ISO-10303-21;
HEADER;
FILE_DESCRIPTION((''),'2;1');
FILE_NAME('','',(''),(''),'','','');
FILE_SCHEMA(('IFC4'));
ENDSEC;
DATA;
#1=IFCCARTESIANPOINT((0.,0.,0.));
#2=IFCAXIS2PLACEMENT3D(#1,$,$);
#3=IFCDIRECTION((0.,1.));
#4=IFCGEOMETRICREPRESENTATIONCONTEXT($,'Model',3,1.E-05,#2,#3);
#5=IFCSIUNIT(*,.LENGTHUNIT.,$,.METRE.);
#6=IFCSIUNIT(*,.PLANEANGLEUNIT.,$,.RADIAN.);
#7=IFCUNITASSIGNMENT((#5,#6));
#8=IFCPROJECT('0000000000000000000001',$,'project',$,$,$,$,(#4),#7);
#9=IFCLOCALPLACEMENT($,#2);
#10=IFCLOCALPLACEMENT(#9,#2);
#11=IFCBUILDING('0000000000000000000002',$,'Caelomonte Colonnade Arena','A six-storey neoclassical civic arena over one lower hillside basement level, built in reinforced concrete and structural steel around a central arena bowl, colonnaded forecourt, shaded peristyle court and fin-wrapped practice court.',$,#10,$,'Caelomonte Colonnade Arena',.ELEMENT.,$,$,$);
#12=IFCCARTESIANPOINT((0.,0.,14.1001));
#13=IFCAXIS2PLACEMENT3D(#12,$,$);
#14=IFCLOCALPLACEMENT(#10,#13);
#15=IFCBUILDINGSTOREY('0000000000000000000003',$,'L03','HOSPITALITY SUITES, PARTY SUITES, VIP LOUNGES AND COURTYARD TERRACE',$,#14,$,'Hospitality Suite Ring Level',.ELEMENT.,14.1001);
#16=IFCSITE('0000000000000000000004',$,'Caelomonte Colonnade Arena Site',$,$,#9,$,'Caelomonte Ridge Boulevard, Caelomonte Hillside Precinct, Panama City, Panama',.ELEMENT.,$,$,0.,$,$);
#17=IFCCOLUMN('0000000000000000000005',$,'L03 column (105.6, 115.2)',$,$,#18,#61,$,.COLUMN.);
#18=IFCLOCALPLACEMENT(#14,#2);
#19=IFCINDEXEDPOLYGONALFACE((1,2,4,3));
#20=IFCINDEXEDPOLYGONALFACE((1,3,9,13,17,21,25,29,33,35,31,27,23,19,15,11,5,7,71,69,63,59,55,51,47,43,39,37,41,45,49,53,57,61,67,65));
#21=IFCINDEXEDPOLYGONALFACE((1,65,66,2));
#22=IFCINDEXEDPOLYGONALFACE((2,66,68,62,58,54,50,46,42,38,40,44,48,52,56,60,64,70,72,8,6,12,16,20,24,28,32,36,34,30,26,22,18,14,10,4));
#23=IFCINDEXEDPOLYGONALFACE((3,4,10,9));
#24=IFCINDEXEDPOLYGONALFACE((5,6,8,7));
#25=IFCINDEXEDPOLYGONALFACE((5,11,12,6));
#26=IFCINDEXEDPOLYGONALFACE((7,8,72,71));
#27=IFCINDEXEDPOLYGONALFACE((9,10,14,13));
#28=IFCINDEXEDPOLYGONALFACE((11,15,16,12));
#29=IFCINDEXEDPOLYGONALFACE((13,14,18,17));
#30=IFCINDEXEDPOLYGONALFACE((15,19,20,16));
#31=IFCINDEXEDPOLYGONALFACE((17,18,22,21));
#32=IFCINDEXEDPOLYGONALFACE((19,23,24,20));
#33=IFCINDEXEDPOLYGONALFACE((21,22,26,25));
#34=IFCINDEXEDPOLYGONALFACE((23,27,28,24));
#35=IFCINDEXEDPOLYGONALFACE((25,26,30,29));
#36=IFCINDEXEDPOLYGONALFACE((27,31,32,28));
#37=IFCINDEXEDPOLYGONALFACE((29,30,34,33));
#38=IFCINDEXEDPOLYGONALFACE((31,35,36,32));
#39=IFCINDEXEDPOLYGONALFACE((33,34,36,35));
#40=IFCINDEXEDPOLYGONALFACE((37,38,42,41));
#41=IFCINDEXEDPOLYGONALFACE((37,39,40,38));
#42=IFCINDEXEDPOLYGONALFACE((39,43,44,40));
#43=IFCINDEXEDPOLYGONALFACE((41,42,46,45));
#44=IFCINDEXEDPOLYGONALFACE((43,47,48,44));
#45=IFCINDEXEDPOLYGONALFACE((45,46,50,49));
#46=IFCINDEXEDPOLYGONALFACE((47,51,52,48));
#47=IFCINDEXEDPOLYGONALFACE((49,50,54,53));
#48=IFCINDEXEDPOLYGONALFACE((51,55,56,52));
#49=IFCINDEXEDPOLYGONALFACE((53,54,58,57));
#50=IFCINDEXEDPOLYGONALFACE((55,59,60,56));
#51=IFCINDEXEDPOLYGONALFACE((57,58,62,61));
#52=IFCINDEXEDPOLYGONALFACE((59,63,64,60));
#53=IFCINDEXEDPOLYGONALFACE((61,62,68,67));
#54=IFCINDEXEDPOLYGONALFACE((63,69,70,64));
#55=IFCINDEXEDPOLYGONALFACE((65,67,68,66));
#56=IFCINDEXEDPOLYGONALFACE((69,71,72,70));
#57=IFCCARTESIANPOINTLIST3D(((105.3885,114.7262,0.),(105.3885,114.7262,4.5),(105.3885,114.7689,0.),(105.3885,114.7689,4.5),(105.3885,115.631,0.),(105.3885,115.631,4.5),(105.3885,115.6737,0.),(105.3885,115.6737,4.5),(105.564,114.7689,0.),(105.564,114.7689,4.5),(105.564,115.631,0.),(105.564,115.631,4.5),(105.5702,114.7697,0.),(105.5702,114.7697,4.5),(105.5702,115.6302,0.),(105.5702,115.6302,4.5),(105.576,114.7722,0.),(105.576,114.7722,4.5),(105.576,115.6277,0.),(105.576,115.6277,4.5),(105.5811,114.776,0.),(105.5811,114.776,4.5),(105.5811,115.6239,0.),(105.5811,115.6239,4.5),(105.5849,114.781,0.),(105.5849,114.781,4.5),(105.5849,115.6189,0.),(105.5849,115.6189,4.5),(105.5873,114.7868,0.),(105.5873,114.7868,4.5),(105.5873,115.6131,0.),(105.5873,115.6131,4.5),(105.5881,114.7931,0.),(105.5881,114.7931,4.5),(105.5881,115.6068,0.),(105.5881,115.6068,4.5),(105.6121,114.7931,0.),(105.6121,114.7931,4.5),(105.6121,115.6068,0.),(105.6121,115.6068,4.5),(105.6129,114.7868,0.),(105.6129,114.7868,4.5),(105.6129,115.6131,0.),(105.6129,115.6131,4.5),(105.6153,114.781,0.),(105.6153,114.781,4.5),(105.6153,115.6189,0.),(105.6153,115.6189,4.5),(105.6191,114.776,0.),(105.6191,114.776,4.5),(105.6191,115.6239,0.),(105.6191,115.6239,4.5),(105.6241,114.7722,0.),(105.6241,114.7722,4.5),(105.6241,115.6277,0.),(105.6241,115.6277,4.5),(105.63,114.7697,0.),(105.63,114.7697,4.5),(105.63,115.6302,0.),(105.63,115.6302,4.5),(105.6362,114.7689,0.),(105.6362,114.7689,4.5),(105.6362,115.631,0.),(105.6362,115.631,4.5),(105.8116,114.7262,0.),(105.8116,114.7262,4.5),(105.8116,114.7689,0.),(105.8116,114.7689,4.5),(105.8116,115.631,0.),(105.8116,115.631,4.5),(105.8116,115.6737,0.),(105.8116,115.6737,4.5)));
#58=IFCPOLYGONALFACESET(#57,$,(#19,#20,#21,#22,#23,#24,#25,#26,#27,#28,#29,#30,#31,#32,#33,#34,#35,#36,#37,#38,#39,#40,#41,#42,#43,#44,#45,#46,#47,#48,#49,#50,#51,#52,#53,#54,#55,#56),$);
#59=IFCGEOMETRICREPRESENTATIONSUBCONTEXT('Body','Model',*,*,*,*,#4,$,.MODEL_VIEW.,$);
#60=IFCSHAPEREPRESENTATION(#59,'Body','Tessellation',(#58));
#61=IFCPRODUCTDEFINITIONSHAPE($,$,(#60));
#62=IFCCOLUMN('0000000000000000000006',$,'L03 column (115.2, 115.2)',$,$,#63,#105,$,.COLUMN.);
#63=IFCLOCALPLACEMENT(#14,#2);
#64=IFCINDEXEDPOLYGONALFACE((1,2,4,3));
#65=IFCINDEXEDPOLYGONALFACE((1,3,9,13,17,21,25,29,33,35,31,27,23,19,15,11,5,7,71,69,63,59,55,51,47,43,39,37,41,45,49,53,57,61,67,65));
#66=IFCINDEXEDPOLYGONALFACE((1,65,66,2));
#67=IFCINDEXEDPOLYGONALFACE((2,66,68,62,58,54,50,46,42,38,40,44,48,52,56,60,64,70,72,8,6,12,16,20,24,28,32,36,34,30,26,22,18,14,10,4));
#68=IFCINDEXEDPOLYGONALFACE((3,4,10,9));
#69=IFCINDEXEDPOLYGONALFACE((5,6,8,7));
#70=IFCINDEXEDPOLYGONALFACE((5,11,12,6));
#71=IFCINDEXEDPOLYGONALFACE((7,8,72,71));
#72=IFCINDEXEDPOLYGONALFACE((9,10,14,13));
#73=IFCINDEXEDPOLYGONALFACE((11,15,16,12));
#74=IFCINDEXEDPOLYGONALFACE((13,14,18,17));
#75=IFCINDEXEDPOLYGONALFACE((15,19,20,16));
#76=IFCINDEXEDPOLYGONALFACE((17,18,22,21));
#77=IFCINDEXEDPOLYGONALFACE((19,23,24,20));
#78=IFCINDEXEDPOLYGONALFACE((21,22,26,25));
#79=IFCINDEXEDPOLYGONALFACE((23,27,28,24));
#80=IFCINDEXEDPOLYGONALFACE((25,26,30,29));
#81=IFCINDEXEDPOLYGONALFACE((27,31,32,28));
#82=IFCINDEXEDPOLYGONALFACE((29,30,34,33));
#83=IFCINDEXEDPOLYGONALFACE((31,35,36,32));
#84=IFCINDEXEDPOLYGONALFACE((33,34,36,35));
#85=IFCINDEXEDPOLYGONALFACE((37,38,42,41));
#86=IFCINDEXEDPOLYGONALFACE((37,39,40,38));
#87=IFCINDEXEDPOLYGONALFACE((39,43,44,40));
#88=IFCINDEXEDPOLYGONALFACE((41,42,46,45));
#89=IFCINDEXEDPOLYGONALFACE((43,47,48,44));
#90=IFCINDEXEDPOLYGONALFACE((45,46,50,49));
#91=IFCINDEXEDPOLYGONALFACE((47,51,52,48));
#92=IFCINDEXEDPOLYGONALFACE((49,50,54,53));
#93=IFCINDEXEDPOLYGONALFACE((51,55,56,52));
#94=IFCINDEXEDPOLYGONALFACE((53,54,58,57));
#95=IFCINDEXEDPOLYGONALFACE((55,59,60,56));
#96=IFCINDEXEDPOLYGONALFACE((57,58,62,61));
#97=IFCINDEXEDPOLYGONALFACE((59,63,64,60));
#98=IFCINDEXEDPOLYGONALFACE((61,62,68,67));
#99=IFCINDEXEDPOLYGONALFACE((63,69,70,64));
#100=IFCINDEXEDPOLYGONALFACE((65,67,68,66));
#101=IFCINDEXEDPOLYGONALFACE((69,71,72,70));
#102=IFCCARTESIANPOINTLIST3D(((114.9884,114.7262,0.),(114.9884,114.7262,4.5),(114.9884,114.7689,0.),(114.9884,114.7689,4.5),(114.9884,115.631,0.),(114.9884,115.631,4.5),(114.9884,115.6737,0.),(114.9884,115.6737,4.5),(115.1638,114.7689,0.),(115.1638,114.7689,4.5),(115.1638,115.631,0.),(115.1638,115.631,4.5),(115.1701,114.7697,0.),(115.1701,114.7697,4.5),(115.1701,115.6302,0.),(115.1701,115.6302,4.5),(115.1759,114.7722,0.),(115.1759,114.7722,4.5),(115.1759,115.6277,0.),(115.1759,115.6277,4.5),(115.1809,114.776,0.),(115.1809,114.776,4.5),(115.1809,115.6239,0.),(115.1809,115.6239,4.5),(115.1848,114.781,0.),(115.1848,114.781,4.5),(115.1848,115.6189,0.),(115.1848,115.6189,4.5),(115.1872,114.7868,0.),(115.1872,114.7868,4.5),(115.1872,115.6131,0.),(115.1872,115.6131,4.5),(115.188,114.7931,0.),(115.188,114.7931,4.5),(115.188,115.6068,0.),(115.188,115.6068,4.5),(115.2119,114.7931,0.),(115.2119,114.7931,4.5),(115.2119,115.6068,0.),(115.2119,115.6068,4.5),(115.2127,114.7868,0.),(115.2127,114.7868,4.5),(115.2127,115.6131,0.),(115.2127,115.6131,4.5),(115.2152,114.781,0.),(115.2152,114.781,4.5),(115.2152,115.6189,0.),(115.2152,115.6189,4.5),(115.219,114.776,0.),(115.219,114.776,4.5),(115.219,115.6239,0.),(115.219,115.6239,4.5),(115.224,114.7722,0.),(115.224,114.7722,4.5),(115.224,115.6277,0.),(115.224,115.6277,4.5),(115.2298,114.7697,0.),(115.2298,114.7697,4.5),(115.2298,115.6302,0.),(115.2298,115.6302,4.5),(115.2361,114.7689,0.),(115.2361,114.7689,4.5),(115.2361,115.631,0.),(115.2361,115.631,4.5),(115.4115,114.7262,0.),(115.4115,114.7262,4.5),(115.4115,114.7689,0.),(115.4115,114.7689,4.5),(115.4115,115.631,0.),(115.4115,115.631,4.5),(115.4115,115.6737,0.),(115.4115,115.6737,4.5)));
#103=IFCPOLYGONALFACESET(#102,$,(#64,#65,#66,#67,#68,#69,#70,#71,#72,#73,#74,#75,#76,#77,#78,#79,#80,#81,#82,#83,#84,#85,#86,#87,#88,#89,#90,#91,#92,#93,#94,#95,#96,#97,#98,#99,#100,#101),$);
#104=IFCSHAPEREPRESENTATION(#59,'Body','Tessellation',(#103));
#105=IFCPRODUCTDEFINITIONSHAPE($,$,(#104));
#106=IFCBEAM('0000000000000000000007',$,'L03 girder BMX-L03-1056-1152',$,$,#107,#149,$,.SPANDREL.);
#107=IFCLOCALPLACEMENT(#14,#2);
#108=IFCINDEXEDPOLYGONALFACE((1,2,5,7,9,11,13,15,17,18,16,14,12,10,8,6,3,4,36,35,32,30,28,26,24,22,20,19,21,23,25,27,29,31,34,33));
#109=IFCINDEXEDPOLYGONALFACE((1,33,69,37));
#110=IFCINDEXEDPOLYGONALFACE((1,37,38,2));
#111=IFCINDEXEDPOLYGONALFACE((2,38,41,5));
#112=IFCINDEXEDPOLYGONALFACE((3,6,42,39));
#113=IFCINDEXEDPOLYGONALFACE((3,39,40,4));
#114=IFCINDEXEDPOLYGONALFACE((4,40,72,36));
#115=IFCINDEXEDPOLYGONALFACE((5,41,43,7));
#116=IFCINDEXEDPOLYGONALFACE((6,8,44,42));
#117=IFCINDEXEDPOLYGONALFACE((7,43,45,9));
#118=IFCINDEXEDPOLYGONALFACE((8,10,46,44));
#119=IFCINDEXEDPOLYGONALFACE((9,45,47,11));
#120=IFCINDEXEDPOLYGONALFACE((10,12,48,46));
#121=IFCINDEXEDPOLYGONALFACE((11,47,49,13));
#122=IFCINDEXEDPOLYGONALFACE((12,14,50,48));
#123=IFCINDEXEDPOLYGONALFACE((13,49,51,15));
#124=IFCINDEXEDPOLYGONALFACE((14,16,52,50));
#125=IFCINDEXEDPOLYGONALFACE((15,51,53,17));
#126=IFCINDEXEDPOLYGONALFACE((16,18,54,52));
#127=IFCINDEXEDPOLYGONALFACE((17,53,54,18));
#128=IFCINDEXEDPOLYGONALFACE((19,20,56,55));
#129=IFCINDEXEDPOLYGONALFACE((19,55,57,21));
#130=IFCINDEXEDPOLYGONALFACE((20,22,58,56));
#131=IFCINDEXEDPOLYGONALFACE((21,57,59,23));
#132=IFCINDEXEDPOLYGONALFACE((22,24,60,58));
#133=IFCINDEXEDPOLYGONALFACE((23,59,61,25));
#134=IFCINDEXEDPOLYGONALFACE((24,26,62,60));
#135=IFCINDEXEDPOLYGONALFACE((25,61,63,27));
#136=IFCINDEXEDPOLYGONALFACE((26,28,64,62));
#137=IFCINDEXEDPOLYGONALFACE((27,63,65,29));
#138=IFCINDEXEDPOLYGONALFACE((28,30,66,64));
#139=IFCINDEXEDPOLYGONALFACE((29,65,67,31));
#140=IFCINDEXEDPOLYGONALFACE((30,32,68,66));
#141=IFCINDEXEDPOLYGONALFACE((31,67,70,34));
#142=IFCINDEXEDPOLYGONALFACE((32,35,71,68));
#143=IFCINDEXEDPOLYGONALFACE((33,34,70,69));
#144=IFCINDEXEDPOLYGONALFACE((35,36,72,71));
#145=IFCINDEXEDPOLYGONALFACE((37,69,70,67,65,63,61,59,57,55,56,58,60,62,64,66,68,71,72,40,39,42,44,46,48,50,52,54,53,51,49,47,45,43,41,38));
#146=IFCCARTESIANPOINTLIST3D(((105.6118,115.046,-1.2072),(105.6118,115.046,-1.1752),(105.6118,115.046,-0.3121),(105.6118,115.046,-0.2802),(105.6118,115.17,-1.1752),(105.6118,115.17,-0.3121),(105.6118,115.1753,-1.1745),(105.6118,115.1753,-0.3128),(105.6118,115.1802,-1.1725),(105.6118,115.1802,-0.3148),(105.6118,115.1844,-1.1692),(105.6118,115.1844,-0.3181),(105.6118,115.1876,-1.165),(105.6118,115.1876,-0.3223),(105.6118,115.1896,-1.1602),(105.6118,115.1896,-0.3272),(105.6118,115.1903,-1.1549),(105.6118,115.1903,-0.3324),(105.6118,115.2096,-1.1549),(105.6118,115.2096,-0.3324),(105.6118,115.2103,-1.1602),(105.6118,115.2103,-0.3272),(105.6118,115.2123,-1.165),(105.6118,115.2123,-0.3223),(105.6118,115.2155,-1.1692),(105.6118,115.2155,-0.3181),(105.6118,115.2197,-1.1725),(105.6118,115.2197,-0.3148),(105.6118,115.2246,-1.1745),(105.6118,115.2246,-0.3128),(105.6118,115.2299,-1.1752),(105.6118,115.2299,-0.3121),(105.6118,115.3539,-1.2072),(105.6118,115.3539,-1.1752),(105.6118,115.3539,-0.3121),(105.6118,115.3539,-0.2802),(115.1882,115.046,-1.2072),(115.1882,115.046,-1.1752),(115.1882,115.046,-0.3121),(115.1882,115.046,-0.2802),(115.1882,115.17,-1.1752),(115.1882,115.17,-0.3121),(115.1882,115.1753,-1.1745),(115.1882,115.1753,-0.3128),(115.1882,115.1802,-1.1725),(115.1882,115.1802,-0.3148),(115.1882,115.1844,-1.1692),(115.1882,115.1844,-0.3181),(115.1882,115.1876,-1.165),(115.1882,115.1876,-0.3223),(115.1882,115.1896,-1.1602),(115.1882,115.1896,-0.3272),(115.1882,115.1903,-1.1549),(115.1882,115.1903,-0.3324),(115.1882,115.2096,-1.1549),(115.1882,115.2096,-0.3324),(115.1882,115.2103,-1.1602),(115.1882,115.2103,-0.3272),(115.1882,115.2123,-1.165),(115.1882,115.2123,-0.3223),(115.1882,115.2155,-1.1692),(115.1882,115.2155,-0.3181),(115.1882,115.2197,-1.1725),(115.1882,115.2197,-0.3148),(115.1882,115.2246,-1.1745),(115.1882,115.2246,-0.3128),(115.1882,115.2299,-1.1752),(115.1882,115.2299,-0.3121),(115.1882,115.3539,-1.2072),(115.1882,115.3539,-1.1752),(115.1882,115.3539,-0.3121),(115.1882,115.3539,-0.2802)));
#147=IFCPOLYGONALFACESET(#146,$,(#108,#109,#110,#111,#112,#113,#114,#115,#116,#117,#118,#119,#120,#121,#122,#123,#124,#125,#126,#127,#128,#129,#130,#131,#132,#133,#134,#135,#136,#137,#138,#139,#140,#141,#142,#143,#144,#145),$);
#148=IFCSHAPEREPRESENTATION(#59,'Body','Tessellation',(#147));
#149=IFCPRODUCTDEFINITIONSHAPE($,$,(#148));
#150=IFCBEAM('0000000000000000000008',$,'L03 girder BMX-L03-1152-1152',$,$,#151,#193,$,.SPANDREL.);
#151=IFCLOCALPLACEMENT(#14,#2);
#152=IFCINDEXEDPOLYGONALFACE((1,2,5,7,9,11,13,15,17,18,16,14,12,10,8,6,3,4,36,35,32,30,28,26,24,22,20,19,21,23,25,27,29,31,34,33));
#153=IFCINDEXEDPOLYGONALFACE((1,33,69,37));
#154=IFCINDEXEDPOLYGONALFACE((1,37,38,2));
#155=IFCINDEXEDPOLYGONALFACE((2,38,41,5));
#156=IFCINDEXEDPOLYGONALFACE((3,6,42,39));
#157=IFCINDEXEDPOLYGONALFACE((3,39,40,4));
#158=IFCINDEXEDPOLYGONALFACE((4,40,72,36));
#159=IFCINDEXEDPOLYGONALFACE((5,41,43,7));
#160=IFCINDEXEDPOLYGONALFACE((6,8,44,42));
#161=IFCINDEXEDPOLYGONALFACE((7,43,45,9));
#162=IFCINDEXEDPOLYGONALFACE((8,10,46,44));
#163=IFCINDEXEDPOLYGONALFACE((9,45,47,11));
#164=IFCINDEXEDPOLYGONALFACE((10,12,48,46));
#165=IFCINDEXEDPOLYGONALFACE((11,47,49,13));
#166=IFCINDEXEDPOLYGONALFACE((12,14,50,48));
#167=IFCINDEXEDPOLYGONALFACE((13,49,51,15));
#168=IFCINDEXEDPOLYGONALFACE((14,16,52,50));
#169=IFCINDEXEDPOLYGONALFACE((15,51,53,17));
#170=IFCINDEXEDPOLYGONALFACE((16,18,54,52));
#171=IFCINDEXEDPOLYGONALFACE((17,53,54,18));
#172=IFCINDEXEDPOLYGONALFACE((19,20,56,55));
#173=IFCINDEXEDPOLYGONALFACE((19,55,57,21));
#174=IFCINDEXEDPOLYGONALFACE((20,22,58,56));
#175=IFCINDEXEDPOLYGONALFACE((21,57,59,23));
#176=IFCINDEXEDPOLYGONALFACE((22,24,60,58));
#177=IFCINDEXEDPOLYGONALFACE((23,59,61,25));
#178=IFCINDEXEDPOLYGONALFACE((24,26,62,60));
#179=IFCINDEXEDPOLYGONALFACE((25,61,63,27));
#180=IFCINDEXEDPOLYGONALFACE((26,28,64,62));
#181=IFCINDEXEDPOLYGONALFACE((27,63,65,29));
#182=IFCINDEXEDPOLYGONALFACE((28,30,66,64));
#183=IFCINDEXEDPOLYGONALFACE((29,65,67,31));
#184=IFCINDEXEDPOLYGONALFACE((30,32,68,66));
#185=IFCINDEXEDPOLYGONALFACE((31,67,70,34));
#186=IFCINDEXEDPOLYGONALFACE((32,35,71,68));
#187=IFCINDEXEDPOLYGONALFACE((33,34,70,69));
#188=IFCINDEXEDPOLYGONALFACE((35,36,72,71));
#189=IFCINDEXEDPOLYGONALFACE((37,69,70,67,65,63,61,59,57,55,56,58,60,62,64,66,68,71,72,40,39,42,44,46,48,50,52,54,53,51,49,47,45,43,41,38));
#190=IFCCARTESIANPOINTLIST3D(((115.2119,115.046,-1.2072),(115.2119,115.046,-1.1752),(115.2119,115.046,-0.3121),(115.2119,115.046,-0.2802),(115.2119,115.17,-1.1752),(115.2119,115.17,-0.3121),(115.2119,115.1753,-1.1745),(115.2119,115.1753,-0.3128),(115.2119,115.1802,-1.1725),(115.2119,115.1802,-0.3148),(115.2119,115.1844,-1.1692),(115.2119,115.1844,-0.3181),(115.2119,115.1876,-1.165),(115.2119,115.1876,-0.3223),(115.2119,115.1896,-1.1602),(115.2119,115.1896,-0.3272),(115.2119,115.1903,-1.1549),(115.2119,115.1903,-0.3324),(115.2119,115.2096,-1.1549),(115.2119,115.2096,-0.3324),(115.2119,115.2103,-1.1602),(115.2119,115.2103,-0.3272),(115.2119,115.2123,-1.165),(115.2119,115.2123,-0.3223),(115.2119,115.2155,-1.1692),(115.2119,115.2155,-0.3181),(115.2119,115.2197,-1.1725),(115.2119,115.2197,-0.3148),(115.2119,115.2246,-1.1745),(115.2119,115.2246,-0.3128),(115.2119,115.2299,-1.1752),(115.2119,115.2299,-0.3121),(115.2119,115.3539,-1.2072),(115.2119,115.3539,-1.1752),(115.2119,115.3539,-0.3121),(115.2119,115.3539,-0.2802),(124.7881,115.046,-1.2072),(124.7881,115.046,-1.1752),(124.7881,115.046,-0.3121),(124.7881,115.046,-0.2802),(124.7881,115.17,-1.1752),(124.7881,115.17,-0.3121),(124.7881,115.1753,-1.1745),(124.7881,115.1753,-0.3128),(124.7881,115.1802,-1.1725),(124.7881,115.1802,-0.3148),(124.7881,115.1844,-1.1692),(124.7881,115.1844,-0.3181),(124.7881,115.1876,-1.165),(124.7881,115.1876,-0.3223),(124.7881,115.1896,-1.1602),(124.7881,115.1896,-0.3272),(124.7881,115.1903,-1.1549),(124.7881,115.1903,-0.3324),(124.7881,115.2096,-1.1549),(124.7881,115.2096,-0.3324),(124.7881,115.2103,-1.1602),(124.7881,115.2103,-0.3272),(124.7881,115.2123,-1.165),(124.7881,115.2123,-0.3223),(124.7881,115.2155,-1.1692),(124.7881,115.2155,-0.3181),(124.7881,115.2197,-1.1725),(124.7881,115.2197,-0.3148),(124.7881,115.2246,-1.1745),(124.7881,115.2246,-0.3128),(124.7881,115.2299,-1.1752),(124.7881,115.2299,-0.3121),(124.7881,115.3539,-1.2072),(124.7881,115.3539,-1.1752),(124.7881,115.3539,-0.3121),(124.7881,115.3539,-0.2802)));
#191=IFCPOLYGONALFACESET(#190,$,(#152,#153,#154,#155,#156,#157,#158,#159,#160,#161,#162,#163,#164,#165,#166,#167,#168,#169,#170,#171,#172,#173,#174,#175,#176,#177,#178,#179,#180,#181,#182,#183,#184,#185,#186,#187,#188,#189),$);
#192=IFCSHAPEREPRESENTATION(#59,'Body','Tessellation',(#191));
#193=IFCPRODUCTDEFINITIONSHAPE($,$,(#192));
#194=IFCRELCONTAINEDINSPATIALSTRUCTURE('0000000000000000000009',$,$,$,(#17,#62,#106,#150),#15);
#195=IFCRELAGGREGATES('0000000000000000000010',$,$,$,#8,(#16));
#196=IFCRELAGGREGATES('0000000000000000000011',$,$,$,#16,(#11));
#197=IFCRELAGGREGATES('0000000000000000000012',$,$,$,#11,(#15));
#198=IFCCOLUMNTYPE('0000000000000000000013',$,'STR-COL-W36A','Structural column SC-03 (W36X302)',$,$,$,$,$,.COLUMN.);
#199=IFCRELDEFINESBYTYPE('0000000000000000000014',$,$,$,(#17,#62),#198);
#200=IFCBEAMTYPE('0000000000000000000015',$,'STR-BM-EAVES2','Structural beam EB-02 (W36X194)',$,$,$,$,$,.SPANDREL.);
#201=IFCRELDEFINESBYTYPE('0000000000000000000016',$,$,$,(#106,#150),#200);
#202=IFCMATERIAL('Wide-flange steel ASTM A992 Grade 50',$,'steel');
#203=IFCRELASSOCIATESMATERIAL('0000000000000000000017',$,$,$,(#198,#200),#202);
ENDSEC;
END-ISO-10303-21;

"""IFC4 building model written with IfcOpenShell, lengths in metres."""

from ifc_helpers import new_model, si_unit, direction, frame, origin, origin_2d, place, context, subcontext, project, spatial, i_section, extrude, material, material_profile, profile_set, type_object, element, save


model = new_model("IFC4")

# Units and contexts
model_context = context("Model", 3, precision=1e-05, world=origin(), true_north=direction((0.0, 1.0)))
body_context = subcontext(model_context, "Body", "Model", "MODEL_VIEW")
ifc_project = project(units=[si_unit("LENGTHUNIT", "METRE"), si_unit("PLANEANGLEUNIT", "RADIAN")], contexts=[model_context])

# Site, building, storey
site_placement = place(None, origin())
site = spatial("IfcSite", under=ifc_project, at=site_placement, Name="Caelomonte Colonnade Arena Site", LongName="Caelomonte Ridge Boulevard, Caelomonte Hillside Precinct, Panama City, Panama", CompositionType="ELEMENT", RefElevation=0.0)
building_placement = place(site_placement, origin())
building = spatial("IfcBuilding", under=site, at=building_placement, Name="Caelomonte Colonnade Arena", Description="A six-storey neoclassical civic arena over one lower hillside basement level, built in reinforced concrete and structural steel around a central arena bowl, colonnaded forecourt, shaded peristyle court and fin-wrapped practice court.", LongName="Caelomonte Colonnade Arena", CompositionType="ELEMENT")
storey_placement = place(building_placement, frame((0.0, 0.0, 14.1001)))
storey = spatial("IfcBuildingStorey", under=building, at=storey_placement, Name="L03", Description="HOSPITALITY SUITES, PARTY SUITES, VIP LOUNGES AND COURTYARD TERRACE", LongName="Hospitality Suite Ring Level", CompositionType="ELEMENT", Elevation=14.1001)

# Columns
ifc_material_1 = material(Name="Wide-flange steel ASTM A992 Grade 50", Category="steel")
ifc_material_profile_1 = material_profile(ifc_material_1, i_section(OverallWidth=0.4231, OverallDepth=0.9475, WebThickness=0.0239, FlangeThickness=0.0427, FilletRadius=0.0242, at=origin_2d()), Name="W36X302")
ifc_profile_set_1 = profile_set([ifc_material_profile_1], Name="Wide-flange steel ASTM A992 Grade 50")
column_type = type_object("IfcColumnType", Name="STR-COL-W36A", Description="Structural column SC-03 (W36X302)", PredefinedType="COLUMN", material=ifc_profile_set_1)
for number, where, z_axis, x_axis, name in (
    (1, (105.6001, 115.2, 0.0), (0.0, 0.0, 1.0), (1.0, 0.0, 0.0), "L03 column (105.6, 115.2)"),
    (2, (115.2, 115.2, 0.0), (0.0, 0.0, 1.0), (1.0, 0.0, 0.0), "L03 column (115.2, 115.2)"),
):
    element("IfcColumn", number, at=place(storey_placement, frame(where, z_axis=z_axis, x_axis=x_axis)), inside=storey, type_object=column_type, Name=name, PredefinedType="COLUMN", context=body_context, shape_type="SweptSolid", body=[
        extrude(i_section(OverallWidth=0.4231, OverallDepth=0.9475, WebThickness=0.0239, FlangeThickness=0.0427, FilletRadius=0.0242, at=origin_2d()), origin(), (0.0, 0.0, 1.0), 4.5),
    ])

# Beams
ifc_material_profile_2 = material_profile(ifc_material_1, i_section(OverallWidth=0.3079, OverallDepth=0.927, WebThickness=0.0193, FlangeThickness=0.032, FilletRadius=0.0203, at=origin_2d()), Name="W36X194")
ifc_profile_set_2 = profile_set([ifc_material_profile_2], Name="Wide-flange steel ASTM A992 Grade 50")
beam_type = type_object("IfcBeamType", Name="STR-BM-EAVES2", Description="Structural beam EB-02 (W36X194)", PredefinedType="SPANDREL", material=ifc_profile_set_2)
beam_1_placement = place(storey_placement, frame((105.6118, 115.2, -0.7437), z_axis=(1.0, 0.0, 0.0), x_axis=(0.0, 1.0, 0.0)))
element("IfcBeam", 3, at=beam_1_placement, inside=storey, type_object=beam_type, Name="L03 girder BMX-L03-1056-1152", PredefinedType="SPANDREL", context=body_context, shape_type="SweptSolid", body=[
    extrude(i_section(OverallWidth=0.3079, OverallDepth=0.927, WebThickness=0.0193, FlangeThickness=0.032, FilletRadius=0.0203, at=origin_2d()), origin(), (0.0, 0.0, 1.0), 9.5764),
])
beam_2_placement = place(storey_placement, frame((115.2119, 115.2, -0.7437), z_axis=(1.0, 0.0, 0.0), x_axis=(0.0, 1.0, 0.0)))
element("IfcBeam", 4, at=beam_2_placement, inside=storey, type_object=beam_type, Name="L03 girder BMX-L03-1152-1152", PredefinedType="SPANDREL", context=body_context, shape_type="SweptSolid", body=[
    extrude(i_section(OverallWidth=0.3079, OverallDepth=0.927, WebThickness=0.0193, FlangeThickness=0.032, FilletRadius=0.0203, at=origin_2d()), origin(), (0.0, 0.0, 1.0), 9.5762),
])

save(model, "model.ifc")
